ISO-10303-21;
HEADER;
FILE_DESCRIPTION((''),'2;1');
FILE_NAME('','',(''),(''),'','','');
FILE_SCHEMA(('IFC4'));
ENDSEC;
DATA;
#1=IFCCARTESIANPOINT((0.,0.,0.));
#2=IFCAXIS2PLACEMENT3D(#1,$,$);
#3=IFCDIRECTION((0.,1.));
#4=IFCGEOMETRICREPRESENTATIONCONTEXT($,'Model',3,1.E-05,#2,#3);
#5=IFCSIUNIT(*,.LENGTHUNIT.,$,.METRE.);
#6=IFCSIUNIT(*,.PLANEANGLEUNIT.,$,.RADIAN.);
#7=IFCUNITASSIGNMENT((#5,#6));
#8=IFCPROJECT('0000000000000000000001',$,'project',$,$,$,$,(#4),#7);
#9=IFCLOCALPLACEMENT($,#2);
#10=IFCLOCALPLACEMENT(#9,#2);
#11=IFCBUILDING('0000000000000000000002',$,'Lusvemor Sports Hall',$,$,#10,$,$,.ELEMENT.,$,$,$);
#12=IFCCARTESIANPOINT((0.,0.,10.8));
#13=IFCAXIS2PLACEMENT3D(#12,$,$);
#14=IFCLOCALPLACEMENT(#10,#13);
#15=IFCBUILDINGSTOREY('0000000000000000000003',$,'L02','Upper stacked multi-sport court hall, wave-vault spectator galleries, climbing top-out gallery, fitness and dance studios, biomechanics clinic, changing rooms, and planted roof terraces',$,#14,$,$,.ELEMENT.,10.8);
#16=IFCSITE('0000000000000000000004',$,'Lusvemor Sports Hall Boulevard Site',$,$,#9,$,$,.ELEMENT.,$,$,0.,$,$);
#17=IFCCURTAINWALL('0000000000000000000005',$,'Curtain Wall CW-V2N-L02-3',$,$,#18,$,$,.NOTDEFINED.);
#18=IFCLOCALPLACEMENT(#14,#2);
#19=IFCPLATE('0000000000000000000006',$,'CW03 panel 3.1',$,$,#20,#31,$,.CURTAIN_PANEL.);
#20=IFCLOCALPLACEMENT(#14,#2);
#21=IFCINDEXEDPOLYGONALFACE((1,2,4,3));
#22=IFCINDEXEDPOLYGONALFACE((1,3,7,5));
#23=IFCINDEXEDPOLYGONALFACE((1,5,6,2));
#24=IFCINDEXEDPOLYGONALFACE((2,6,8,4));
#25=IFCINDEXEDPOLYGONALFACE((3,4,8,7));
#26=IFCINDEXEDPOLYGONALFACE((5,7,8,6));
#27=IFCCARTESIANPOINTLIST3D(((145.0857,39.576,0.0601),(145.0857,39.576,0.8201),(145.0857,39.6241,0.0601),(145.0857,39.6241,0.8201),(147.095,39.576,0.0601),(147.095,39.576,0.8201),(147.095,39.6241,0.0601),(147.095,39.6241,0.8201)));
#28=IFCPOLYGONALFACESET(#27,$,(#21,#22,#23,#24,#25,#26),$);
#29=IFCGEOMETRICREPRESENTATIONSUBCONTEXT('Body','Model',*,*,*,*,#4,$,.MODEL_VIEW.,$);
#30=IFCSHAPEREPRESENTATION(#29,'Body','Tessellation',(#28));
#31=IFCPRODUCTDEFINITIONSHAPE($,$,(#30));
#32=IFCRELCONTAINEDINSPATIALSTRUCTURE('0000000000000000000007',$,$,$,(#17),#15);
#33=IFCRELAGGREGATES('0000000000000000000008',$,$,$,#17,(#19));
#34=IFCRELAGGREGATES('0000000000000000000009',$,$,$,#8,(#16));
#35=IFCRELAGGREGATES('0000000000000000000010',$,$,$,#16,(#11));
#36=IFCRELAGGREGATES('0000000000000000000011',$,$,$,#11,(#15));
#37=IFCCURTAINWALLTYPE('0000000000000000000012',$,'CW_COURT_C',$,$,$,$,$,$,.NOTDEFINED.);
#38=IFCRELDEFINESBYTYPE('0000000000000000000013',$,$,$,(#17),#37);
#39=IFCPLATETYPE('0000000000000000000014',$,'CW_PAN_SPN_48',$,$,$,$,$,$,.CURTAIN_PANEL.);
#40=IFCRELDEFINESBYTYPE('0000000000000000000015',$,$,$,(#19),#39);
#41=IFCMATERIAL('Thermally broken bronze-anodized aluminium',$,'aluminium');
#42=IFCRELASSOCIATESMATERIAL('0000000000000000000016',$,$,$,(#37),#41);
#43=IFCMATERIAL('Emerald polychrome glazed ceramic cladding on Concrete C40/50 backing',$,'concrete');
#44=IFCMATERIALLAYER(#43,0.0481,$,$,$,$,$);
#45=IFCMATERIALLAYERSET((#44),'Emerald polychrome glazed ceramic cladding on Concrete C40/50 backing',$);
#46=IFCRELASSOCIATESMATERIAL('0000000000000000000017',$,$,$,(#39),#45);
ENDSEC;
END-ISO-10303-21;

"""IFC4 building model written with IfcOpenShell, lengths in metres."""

from ifc_helpers import new_model, si_unit, direction, frame, origin, origin_2d, place, context, subcontext, project, spatial, rectangle, extrude, material, layer, layer_set, type_object, element, aggregate, save


model = new_model("IFC4")

# Units and contexts
model_context = context("Model", 3, precision=1e-05, world=origin(), true_north=direction((0.0, 1.0)))
body_context = subcontext(model_context, "Body", "Model", "MODEL_VIEW")
ifc_project = project(units=[si_unit("LENGTHUNIT", "METRE"), si_unit("PLANEANGLEUNIT", "RADIAN")], contexts=[model_context])

# Site, building, storey
site_placement = place(None, origin())
site = spatial("IfcSite", under=ifc_project, at=site_placement, Name="Lusvemor Sports Hall Boulevard Site", CompositionType="ELEMENT", RefElevation=0.0)
building_placement = place(site_placement, origin())
building = spatial("IfcBuilding", under=site, at=building_placement, Name="Lusvemor Sports Hall", CompositionType="ELEMENT")
storey_placement = place(building_placement, frame((0.0, 0.0, 10.8)))
storey = spatial("IfcBuildingStorey", under=building, at=storey_placement, Name="L02", Description="Upper stacked multi-sport court hall, wave-vault spectator galleries, climbing top-out gallery, fitness and dance studios, biomechanics clinic, changing rooms, and planted roof terraces", CompositionType="ELEMENT", Elevation=10.8)

# Curtain wall
ifc_material_1 = material(Name="Thermally broken bronze-anodized aluminium", Category="aluminium")
curtain_wall_type = type_object("IfcCurtainWallType", Name="CW_COURT_C", PredefinedType="NOTDEFINED", material=ifc_material_1)
curtain_wall_placement = place(storey_placement, origin())
curtain_wall = element("IfcCurtainWall", 1, at=curtain_wall_placement, inside=storey, type_object=curtain_wall_type, Name="Curtain Wall CW-V2N-L02-3", PredefinedType="NOTDEFINED")

# Plate
ifc_material_2 = material(Name="Emerald polychrome glazed ceramic cladding on Concrete C40/50 backing", Category="concrete")
ifc_layer_1 = layer(ifc_material_2, 0.0481)
ifc_layer_set_1 = layer_set([ifc_layer_1], Name="Emerald polychrome glazed ceramic cladding on Concrete C40/50 backing")
plate_type_1 = type_object("IfcPlateType", Name="CW_PAN_SPN_48", PredefinedType="CURTAIN_PANEL", material=ifc_layer_set_1)
plate_1_placement = place(storey_placement, frame((146.0903, 39.6001, 0.0601), z_axis=(0.0, 0.0, 1.0), x_axis=(1.0, 0.0, 0.0)))
plate_1 = element("IfcPlate", 2, at=plate_1_placement, type_object=plate_type_1, Name="CW03 panel 3.1", PredefinedType="CURTAIN_PANEL", context=body_context, shape_type="SweptSolid", body=[
    extrude(rectangle(XDim=2.0093, YDim=0.0481, at=origin_2d()), origin(), (0.0, 0.0, 1.0), 0.76),
])
aggregate(curtain_wall, [plate_1])

save(model, "model.ifc")
